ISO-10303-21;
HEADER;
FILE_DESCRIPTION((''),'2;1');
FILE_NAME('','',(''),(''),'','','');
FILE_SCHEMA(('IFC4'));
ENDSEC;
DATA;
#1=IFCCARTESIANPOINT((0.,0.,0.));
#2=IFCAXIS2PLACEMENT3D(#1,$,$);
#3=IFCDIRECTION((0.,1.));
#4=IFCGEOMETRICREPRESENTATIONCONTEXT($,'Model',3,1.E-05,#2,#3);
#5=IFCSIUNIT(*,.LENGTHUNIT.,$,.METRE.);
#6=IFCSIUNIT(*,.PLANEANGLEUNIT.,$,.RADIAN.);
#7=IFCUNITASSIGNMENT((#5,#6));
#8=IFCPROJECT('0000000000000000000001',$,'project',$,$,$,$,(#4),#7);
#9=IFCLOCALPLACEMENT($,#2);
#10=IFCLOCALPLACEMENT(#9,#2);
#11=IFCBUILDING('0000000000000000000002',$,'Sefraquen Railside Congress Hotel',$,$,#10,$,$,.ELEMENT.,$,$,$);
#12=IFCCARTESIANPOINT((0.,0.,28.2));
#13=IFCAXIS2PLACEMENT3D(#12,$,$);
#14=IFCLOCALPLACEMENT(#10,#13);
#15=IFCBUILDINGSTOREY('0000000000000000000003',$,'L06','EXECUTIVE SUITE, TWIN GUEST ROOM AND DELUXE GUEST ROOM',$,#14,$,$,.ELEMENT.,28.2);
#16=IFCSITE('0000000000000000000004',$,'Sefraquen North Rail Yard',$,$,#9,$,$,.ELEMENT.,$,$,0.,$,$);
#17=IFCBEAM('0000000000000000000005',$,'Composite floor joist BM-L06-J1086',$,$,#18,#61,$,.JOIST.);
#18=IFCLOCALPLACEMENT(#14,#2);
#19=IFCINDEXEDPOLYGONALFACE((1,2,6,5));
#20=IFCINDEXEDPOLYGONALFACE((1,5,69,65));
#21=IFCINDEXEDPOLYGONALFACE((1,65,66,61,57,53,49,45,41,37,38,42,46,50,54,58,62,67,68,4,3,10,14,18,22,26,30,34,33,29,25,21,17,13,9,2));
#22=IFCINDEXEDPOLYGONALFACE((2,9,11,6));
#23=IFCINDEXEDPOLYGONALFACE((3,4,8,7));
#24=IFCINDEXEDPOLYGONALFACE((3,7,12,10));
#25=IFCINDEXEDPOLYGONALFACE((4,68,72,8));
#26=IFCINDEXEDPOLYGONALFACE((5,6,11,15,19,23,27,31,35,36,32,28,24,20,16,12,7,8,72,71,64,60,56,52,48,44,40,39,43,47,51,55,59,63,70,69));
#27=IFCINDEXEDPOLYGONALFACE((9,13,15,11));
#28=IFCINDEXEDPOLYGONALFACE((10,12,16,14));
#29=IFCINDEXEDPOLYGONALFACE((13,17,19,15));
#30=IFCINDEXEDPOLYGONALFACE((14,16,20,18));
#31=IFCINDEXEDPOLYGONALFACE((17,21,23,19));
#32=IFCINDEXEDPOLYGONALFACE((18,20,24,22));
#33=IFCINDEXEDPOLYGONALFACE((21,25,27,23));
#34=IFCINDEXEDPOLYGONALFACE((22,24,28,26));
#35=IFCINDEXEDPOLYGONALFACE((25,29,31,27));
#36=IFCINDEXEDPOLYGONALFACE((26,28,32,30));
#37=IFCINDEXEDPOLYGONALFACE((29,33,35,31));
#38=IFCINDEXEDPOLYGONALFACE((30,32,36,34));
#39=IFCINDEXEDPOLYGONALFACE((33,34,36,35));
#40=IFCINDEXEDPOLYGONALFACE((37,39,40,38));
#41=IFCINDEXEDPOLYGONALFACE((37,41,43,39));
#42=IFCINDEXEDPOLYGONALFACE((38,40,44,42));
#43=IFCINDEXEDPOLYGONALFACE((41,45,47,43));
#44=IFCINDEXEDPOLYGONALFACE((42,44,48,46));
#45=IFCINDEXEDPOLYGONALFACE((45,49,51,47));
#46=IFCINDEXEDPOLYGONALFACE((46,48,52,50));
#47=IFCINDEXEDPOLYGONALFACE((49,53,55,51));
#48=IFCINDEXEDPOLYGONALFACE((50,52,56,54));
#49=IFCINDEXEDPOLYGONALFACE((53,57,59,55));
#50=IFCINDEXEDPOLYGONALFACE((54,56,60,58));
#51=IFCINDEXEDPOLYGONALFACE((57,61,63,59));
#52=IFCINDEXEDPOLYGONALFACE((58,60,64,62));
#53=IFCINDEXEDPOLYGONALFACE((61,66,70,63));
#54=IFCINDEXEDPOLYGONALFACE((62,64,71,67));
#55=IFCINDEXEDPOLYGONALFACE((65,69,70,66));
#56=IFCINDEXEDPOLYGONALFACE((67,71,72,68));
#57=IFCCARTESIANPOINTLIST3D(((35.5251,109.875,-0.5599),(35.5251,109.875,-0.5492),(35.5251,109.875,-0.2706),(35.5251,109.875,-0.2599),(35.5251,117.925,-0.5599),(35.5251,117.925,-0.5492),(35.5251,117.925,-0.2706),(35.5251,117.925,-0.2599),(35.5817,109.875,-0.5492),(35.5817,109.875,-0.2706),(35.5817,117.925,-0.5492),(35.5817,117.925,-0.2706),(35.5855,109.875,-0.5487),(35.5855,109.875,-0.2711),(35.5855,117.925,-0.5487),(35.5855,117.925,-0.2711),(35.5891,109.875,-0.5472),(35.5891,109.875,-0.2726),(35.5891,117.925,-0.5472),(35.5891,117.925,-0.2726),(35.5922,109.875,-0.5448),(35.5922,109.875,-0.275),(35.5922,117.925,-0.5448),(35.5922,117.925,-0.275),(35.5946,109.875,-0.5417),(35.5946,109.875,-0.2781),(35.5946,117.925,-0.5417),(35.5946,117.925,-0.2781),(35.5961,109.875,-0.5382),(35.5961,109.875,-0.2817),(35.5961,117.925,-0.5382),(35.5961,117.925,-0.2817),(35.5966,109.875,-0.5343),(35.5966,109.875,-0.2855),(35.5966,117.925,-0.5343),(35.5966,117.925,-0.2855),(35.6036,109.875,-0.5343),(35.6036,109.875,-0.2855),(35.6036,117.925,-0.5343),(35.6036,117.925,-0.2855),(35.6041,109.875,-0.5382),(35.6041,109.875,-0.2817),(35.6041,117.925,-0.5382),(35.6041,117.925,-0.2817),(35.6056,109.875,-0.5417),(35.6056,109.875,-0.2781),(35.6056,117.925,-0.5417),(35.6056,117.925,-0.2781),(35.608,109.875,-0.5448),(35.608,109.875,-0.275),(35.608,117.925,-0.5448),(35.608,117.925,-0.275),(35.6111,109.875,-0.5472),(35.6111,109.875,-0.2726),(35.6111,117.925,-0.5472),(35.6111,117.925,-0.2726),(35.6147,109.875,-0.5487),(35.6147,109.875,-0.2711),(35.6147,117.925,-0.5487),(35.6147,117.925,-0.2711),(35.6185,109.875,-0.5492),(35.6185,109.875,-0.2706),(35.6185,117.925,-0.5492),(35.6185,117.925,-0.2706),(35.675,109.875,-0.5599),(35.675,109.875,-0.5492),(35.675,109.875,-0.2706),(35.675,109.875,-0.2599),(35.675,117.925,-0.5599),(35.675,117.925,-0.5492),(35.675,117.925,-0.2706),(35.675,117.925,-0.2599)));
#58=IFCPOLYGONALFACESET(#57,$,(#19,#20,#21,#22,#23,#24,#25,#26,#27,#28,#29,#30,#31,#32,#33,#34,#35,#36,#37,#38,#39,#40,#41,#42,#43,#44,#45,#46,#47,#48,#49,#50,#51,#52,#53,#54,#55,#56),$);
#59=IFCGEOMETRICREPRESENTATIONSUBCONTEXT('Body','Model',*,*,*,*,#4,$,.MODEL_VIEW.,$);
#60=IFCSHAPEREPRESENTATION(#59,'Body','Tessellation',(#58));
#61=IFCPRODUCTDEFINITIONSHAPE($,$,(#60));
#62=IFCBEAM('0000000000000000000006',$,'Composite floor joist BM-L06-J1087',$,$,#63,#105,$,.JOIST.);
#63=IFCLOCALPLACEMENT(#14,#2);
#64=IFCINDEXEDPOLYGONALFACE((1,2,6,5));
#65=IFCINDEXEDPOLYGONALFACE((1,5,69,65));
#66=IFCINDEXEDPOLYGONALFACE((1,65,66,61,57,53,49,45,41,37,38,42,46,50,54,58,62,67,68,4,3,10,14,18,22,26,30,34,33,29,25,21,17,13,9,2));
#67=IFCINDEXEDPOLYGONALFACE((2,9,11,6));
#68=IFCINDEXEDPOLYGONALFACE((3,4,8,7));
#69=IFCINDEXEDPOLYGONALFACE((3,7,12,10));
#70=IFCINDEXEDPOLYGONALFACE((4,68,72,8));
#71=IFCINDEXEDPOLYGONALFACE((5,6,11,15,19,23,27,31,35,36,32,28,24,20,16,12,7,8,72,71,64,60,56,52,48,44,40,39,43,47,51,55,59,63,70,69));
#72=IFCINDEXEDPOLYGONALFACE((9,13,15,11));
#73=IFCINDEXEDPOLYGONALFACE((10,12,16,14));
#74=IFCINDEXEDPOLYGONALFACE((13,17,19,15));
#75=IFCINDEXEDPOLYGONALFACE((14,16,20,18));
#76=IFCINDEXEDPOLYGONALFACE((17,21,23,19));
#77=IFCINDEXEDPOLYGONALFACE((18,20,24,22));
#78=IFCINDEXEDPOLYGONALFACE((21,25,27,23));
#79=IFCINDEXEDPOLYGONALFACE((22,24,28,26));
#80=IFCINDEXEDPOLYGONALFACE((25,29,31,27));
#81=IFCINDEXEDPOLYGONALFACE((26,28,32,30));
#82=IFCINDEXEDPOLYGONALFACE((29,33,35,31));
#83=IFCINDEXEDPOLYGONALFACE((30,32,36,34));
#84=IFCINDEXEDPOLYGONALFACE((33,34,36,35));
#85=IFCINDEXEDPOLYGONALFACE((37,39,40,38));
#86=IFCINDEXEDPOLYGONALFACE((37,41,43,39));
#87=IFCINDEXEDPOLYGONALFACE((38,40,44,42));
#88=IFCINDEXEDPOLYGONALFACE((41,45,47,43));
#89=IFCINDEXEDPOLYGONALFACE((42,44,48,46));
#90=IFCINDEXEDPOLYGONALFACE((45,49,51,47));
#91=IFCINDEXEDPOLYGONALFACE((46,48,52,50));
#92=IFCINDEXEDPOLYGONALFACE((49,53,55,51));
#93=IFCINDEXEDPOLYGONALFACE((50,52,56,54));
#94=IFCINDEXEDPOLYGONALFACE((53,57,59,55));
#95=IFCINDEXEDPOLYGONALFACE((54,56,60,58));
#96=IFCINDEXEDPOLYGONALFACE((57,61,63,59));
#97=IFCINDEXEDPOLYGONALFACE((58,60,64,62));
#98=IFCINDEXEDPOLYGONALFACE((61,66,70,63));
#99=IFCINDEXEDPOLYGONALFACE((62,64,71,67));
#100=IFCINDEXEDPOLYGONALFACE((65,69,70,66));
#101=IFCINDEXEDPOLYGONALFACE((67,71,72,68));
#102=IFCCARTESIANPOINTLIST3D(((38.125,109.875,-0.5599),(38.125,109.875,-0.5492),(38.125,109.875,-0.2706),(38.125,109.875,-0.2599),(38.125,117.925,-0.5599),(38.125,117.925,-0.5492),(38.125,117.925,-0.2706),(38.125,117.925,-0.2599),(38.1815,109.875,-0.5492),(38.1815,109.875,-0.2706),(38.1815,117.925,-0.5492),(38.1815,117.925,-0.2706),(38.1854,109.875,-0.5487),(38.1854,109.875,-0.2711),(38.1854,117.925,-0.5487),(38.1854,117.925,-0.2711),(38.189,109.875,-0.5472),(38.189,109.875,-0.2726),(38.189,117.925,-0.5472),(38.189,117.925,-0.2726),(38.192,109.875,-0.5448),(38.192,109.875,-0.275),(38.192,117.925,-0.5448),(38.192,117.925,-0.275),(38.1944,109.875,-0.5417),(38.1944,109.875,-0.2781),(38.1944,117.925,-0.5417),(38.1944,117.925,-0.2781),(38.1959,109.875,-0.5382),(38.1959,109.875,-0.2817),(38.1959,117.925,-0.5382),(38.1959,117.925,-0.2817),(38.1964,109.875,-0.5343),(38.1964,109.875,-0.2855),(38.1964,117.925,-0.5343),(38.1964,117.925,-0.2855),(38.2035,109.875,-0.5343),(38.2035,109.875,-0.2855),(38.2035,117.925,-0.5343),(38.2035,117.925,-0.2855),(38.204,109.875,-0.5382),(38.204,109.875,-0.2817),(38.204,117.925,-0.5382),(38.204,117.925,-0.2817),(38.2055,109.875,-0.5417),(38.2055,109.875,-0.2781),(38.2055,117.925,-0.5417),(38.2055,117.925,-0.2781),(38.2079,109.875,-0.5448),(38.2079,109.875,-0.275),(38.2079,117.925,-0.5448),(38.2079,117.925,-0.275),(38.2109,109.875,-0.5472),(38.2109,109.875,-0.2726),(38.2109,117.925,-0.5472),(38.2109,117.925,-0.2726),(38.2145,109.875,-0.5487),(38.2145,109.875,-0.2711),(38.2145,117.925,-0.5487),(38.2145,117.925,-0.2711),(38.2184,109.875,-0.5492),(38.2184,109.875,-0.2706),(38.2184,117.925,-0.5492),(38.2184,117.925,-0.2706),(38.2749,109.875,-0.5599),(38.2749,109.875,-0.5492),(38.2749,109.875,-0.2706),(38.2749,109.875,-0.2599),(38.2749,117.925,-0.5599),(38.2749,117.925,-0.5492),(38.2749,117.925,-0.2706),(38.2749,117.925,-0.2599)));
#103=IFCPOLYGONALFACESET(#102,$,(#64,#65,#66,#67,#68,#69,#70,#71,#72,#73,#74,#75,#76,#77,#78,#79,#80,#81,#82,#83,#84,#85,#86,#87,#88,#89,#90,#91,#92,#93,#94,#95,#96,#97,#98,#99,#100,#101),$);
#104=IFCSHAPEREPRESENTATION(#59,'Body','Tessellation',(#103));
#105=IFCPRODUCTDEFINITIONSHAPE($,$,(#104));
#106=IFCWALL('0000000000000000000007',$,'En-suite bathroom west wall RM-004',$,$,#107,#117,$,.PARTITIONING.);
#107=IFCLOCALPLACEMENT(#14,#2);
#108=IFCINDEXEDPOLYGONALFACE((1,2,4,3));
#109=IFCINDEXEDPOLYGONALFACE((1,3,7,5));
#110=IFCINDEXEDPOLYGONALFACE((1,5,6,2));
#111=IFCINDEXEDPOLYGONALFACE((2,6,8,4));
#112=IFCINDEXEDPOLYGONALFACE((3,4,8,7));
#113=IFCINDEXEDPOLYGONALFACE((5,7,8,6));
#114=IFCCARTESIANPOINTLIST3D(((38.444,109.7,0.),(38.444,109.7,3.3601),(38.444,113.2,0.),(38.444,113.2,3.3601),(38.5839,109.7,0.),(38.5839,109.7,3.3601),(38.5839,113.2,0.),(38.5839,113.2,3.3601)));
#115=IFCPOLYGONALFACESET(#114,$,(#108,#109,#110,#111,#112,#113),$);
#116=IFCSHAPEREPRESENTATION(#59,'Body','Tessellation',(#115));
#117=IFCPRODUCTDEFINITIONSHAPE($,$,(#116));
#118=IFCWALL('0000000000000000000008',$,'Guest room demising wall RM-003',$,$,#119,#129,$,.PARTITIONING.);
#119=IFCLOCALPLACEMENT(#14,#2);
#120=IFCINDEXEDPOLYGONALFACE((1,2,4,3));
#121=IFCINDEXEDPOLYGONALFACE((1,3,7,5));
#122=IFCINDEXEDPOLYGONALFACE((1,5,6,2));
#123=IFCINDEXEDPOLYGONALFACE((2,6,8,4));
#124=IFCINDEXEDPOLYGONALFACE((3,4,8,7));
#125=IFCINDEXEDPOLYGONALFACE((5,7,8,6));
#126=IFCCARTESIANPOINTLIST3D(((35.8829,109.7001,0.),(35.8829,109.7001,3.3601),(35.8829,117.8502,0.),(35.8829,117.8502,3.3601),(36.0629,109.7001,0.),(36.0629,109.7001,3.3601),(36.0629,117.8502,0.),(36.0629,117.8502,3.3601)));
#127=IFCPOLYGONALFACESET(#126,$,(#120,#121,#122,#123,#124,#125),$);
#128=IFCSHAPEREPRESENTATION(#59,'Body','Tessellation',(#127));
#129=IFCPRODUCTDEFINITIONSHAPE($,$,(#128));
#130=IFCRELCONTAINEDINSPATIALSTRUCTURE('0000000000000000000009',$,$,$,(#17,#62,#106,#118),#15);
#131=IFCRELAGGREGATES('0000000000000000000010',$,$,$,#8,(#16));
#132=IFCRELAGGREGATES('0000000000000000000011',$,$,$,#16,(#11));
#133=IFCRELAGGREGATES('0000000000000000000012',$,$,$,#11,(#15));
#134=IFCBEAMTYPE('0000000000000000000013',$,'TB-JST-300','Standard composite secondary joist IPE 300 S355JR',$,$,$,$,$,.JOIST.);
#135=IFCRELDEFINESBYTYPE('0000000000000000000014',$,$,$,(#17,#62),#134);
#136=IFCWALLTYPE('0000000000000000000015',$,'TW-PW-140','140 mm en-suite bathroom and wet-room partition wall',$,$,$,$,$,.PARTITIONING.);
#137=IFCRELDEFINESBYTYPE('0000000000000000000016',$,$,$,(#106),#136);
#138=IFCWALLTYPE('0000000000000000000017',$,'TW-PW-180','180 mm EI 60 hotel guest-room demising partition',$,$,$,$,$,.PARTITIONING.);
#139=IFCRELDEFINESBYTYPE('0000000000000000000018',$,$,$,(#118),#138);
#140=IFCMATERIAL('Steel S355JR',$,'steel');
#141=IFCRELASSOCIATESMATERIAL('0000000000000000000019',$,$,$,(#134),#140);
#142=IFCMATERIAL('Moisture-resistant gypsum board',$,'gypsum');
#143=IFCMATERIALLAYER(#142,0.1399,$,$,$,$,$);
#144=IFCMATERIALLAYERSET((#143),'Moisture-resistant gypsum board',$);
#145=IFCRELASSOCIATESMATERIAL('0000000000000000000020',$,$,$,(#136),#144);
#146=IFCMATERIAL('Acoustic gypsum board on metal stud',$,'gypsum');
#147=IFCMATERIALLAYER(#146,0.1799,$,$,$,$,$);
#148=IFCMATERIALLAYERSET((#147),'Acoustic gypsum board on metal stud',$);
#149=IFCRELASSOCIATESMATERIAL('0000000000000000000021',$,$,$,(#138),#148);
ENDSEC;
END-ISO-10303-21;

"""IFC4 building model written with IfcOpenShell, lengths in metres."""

from ifc_helpers import new_model, si_unit, direction, frame, frame_2d, origin, origin_2d, place, context, subcontext, project, spatial, rectangle, i_section, extrude, material, layer, layer_set, material_profile, profile_set, type_object, element, save


model = new_model("IFC4")

# Units and contexts
model_context = context("Model", 3, precision=1e-05, world=origin(), true_north=direction((0.0, 1.0)))
body_context = subcontext(model_context, "Body", "Model", "MODEL_VIEW")
ifc_project = project(units=[si_unit("LENGTHUNIT", "METRE"), si_unit("PLANEANGLEUNIT", "RADIAN")], contexts=[model_context])

# Site, building, storey
site_placement = place(None, origin())
site = spatial("IfcSite", under=ifc_project, at=site_placement, Name="Sefraquen North Rail Yard", CompositionType="ELEMENT", RefElevation=0.0)
building_placement = place(site_placement, origin())
building = spatial("IfcBuilding", under=site, at=building_placement, Name="Sefraquen Railside Congress Hotel", CompositionType="ELEMENT")
storey_placement = place(building_placement, frame((0.0, 0.0, 28.2)))
storey = spatial("IfcBuildingStorey", under=building, at=storey_placement, Name="L06", Description="EXECUTIVE SUITE, TWIN GUEST ROOM AND DELUXE GUEST ROOM", CompositionType="ELEMENT", Elevation=28.2)

# Shared definitions
ifc_material_1 = material(Name="Steel S355JR", Category="steel")

# Beams
ifc_material_profile_1 = material_profile(ifc_material_1, i_section(OverallWidth=0.1499, OverallDepth=0.3, WebThickness=0.0071, FlangeThickness=0.0107, FilletRadius=0.0149, at=origin_2d()), Name="IPE 300")
ifc_profile_set_1 = profile_set([ifc_material_profile_1], Name="Steel S355JR")
beam_type_1 = type_object("IfcBeamType", Name="TB-JST-300", Description="Standard composite secondary joist IPE 300 S355JR", PredefinedType="JOIST", material=ifc_profile_set_1)
for number, where, z_axis, x_axis, name in (
    (1, (35.6001, 109.875, -0.4099), (0.0, 1.0, 0.0), (-1.0, 0.0, 0.0), "Composite floor joist BM-L06-J1086"),
    (2, (38.2, 109.875, -0.4099), (0.0, 1.0, 0.0), (-1.0, 0.0, 0.0), "Composite floor joist BM-L06-J1087"),
):
    element("IfcBeam", number, at=place(storey_placement, frame(where, z_axis=z_axis, x_axis=x_axis)), inside=storey, type_object=beam_type_1, Name=name, PredefinedType="JOIST", context=body_context, shape_type="SweptSolid", body=[
        extrude(i_section(OverallWidth=0.1499, OverallDepth=0.3, WebThickness=0.0071, FlangeThickness=0.0107, FilletRadius=0.0149, at=origin_2d()), origin(), (0.0, 0.0, 1.0), 8.05),
    ])

# Shared definitions
ifc_material_2 = material(Name="Moisture-resistant gypsum board", Category="gypsum")
ifc_layer_1 = layer(ifc_material_2, 0.1399)
ifc_layer_set_1 = layer_set([ifc_layer_1], Name="Moisture-resistant gypsum board")
wall_type_1 = type_object("IfcWallType", Name="TW-PW-140", Description="140 mm en-suite bathroom and wet-room partition wall", PredefinedType="PARTITIONING", material=ifc_layer_set_1)

# Wall
wall_1_placement = place(storey_placement, frame((38.5139, 109.7, 0.0), z_axis=(0.0, 0.0, 1.0), x_axis=(0.0, 1.0, 0.0)))
element("IfcWall", 3, at=wall_1_placement, inside=storey, type_object=wall_type_1, Name="En-suite bathroom west wall RM-004", PredefinedType="PARTITIONING", context=body_context, shape_type="SweptSolid", body=[
    extrude(rectangle(XDim=3.5, YDim=0.1399, at=frame_2d((1.75, 0.0))), origin(), (0.0, 0.0, 1.0), 3.3601),
])

# Wall
ifc_material_3 = material(Name="Acoustic gypsum board on metal stud", Category="gypsum")
ifc_layer_2 = layer(ifc_material_3, 0.1799)
ifc_layer_set_2 = layer_set([ifc_layer_2], Name="Acoustic gypsum board on metal stud")
wall_type_2 = type_object("IfcWallType", Name="TW-PW-180", Description="180 mm EI 60 hotel guest-room demising partition", PredefinedType="PARTITIONING", material=ifc_layer_set_2)
wall_2_placement = place(storey_placement, frame((35.9729, 109.7, 0.0), z_axis=(0.0, 0.0, 1.0), x_axis=(0.0, 1.0, 0.0)))
element("IfcWall", 4, at=wall_2_placement, inside=storey, type_object=wall_type_2, Name="Guest room demising wall RM-003", PredefinedType="PARTITIONING", context=body_context, shape_type="SweptSolid", body=[
    extrude(rectangle(XDim=8.1501, YDim=0.1799, at=frame_2d((4.0752, 0.0))), origin(), (0.0, 0.0, 1.0), 3.3601),
])

save(model, "model.ifc")
